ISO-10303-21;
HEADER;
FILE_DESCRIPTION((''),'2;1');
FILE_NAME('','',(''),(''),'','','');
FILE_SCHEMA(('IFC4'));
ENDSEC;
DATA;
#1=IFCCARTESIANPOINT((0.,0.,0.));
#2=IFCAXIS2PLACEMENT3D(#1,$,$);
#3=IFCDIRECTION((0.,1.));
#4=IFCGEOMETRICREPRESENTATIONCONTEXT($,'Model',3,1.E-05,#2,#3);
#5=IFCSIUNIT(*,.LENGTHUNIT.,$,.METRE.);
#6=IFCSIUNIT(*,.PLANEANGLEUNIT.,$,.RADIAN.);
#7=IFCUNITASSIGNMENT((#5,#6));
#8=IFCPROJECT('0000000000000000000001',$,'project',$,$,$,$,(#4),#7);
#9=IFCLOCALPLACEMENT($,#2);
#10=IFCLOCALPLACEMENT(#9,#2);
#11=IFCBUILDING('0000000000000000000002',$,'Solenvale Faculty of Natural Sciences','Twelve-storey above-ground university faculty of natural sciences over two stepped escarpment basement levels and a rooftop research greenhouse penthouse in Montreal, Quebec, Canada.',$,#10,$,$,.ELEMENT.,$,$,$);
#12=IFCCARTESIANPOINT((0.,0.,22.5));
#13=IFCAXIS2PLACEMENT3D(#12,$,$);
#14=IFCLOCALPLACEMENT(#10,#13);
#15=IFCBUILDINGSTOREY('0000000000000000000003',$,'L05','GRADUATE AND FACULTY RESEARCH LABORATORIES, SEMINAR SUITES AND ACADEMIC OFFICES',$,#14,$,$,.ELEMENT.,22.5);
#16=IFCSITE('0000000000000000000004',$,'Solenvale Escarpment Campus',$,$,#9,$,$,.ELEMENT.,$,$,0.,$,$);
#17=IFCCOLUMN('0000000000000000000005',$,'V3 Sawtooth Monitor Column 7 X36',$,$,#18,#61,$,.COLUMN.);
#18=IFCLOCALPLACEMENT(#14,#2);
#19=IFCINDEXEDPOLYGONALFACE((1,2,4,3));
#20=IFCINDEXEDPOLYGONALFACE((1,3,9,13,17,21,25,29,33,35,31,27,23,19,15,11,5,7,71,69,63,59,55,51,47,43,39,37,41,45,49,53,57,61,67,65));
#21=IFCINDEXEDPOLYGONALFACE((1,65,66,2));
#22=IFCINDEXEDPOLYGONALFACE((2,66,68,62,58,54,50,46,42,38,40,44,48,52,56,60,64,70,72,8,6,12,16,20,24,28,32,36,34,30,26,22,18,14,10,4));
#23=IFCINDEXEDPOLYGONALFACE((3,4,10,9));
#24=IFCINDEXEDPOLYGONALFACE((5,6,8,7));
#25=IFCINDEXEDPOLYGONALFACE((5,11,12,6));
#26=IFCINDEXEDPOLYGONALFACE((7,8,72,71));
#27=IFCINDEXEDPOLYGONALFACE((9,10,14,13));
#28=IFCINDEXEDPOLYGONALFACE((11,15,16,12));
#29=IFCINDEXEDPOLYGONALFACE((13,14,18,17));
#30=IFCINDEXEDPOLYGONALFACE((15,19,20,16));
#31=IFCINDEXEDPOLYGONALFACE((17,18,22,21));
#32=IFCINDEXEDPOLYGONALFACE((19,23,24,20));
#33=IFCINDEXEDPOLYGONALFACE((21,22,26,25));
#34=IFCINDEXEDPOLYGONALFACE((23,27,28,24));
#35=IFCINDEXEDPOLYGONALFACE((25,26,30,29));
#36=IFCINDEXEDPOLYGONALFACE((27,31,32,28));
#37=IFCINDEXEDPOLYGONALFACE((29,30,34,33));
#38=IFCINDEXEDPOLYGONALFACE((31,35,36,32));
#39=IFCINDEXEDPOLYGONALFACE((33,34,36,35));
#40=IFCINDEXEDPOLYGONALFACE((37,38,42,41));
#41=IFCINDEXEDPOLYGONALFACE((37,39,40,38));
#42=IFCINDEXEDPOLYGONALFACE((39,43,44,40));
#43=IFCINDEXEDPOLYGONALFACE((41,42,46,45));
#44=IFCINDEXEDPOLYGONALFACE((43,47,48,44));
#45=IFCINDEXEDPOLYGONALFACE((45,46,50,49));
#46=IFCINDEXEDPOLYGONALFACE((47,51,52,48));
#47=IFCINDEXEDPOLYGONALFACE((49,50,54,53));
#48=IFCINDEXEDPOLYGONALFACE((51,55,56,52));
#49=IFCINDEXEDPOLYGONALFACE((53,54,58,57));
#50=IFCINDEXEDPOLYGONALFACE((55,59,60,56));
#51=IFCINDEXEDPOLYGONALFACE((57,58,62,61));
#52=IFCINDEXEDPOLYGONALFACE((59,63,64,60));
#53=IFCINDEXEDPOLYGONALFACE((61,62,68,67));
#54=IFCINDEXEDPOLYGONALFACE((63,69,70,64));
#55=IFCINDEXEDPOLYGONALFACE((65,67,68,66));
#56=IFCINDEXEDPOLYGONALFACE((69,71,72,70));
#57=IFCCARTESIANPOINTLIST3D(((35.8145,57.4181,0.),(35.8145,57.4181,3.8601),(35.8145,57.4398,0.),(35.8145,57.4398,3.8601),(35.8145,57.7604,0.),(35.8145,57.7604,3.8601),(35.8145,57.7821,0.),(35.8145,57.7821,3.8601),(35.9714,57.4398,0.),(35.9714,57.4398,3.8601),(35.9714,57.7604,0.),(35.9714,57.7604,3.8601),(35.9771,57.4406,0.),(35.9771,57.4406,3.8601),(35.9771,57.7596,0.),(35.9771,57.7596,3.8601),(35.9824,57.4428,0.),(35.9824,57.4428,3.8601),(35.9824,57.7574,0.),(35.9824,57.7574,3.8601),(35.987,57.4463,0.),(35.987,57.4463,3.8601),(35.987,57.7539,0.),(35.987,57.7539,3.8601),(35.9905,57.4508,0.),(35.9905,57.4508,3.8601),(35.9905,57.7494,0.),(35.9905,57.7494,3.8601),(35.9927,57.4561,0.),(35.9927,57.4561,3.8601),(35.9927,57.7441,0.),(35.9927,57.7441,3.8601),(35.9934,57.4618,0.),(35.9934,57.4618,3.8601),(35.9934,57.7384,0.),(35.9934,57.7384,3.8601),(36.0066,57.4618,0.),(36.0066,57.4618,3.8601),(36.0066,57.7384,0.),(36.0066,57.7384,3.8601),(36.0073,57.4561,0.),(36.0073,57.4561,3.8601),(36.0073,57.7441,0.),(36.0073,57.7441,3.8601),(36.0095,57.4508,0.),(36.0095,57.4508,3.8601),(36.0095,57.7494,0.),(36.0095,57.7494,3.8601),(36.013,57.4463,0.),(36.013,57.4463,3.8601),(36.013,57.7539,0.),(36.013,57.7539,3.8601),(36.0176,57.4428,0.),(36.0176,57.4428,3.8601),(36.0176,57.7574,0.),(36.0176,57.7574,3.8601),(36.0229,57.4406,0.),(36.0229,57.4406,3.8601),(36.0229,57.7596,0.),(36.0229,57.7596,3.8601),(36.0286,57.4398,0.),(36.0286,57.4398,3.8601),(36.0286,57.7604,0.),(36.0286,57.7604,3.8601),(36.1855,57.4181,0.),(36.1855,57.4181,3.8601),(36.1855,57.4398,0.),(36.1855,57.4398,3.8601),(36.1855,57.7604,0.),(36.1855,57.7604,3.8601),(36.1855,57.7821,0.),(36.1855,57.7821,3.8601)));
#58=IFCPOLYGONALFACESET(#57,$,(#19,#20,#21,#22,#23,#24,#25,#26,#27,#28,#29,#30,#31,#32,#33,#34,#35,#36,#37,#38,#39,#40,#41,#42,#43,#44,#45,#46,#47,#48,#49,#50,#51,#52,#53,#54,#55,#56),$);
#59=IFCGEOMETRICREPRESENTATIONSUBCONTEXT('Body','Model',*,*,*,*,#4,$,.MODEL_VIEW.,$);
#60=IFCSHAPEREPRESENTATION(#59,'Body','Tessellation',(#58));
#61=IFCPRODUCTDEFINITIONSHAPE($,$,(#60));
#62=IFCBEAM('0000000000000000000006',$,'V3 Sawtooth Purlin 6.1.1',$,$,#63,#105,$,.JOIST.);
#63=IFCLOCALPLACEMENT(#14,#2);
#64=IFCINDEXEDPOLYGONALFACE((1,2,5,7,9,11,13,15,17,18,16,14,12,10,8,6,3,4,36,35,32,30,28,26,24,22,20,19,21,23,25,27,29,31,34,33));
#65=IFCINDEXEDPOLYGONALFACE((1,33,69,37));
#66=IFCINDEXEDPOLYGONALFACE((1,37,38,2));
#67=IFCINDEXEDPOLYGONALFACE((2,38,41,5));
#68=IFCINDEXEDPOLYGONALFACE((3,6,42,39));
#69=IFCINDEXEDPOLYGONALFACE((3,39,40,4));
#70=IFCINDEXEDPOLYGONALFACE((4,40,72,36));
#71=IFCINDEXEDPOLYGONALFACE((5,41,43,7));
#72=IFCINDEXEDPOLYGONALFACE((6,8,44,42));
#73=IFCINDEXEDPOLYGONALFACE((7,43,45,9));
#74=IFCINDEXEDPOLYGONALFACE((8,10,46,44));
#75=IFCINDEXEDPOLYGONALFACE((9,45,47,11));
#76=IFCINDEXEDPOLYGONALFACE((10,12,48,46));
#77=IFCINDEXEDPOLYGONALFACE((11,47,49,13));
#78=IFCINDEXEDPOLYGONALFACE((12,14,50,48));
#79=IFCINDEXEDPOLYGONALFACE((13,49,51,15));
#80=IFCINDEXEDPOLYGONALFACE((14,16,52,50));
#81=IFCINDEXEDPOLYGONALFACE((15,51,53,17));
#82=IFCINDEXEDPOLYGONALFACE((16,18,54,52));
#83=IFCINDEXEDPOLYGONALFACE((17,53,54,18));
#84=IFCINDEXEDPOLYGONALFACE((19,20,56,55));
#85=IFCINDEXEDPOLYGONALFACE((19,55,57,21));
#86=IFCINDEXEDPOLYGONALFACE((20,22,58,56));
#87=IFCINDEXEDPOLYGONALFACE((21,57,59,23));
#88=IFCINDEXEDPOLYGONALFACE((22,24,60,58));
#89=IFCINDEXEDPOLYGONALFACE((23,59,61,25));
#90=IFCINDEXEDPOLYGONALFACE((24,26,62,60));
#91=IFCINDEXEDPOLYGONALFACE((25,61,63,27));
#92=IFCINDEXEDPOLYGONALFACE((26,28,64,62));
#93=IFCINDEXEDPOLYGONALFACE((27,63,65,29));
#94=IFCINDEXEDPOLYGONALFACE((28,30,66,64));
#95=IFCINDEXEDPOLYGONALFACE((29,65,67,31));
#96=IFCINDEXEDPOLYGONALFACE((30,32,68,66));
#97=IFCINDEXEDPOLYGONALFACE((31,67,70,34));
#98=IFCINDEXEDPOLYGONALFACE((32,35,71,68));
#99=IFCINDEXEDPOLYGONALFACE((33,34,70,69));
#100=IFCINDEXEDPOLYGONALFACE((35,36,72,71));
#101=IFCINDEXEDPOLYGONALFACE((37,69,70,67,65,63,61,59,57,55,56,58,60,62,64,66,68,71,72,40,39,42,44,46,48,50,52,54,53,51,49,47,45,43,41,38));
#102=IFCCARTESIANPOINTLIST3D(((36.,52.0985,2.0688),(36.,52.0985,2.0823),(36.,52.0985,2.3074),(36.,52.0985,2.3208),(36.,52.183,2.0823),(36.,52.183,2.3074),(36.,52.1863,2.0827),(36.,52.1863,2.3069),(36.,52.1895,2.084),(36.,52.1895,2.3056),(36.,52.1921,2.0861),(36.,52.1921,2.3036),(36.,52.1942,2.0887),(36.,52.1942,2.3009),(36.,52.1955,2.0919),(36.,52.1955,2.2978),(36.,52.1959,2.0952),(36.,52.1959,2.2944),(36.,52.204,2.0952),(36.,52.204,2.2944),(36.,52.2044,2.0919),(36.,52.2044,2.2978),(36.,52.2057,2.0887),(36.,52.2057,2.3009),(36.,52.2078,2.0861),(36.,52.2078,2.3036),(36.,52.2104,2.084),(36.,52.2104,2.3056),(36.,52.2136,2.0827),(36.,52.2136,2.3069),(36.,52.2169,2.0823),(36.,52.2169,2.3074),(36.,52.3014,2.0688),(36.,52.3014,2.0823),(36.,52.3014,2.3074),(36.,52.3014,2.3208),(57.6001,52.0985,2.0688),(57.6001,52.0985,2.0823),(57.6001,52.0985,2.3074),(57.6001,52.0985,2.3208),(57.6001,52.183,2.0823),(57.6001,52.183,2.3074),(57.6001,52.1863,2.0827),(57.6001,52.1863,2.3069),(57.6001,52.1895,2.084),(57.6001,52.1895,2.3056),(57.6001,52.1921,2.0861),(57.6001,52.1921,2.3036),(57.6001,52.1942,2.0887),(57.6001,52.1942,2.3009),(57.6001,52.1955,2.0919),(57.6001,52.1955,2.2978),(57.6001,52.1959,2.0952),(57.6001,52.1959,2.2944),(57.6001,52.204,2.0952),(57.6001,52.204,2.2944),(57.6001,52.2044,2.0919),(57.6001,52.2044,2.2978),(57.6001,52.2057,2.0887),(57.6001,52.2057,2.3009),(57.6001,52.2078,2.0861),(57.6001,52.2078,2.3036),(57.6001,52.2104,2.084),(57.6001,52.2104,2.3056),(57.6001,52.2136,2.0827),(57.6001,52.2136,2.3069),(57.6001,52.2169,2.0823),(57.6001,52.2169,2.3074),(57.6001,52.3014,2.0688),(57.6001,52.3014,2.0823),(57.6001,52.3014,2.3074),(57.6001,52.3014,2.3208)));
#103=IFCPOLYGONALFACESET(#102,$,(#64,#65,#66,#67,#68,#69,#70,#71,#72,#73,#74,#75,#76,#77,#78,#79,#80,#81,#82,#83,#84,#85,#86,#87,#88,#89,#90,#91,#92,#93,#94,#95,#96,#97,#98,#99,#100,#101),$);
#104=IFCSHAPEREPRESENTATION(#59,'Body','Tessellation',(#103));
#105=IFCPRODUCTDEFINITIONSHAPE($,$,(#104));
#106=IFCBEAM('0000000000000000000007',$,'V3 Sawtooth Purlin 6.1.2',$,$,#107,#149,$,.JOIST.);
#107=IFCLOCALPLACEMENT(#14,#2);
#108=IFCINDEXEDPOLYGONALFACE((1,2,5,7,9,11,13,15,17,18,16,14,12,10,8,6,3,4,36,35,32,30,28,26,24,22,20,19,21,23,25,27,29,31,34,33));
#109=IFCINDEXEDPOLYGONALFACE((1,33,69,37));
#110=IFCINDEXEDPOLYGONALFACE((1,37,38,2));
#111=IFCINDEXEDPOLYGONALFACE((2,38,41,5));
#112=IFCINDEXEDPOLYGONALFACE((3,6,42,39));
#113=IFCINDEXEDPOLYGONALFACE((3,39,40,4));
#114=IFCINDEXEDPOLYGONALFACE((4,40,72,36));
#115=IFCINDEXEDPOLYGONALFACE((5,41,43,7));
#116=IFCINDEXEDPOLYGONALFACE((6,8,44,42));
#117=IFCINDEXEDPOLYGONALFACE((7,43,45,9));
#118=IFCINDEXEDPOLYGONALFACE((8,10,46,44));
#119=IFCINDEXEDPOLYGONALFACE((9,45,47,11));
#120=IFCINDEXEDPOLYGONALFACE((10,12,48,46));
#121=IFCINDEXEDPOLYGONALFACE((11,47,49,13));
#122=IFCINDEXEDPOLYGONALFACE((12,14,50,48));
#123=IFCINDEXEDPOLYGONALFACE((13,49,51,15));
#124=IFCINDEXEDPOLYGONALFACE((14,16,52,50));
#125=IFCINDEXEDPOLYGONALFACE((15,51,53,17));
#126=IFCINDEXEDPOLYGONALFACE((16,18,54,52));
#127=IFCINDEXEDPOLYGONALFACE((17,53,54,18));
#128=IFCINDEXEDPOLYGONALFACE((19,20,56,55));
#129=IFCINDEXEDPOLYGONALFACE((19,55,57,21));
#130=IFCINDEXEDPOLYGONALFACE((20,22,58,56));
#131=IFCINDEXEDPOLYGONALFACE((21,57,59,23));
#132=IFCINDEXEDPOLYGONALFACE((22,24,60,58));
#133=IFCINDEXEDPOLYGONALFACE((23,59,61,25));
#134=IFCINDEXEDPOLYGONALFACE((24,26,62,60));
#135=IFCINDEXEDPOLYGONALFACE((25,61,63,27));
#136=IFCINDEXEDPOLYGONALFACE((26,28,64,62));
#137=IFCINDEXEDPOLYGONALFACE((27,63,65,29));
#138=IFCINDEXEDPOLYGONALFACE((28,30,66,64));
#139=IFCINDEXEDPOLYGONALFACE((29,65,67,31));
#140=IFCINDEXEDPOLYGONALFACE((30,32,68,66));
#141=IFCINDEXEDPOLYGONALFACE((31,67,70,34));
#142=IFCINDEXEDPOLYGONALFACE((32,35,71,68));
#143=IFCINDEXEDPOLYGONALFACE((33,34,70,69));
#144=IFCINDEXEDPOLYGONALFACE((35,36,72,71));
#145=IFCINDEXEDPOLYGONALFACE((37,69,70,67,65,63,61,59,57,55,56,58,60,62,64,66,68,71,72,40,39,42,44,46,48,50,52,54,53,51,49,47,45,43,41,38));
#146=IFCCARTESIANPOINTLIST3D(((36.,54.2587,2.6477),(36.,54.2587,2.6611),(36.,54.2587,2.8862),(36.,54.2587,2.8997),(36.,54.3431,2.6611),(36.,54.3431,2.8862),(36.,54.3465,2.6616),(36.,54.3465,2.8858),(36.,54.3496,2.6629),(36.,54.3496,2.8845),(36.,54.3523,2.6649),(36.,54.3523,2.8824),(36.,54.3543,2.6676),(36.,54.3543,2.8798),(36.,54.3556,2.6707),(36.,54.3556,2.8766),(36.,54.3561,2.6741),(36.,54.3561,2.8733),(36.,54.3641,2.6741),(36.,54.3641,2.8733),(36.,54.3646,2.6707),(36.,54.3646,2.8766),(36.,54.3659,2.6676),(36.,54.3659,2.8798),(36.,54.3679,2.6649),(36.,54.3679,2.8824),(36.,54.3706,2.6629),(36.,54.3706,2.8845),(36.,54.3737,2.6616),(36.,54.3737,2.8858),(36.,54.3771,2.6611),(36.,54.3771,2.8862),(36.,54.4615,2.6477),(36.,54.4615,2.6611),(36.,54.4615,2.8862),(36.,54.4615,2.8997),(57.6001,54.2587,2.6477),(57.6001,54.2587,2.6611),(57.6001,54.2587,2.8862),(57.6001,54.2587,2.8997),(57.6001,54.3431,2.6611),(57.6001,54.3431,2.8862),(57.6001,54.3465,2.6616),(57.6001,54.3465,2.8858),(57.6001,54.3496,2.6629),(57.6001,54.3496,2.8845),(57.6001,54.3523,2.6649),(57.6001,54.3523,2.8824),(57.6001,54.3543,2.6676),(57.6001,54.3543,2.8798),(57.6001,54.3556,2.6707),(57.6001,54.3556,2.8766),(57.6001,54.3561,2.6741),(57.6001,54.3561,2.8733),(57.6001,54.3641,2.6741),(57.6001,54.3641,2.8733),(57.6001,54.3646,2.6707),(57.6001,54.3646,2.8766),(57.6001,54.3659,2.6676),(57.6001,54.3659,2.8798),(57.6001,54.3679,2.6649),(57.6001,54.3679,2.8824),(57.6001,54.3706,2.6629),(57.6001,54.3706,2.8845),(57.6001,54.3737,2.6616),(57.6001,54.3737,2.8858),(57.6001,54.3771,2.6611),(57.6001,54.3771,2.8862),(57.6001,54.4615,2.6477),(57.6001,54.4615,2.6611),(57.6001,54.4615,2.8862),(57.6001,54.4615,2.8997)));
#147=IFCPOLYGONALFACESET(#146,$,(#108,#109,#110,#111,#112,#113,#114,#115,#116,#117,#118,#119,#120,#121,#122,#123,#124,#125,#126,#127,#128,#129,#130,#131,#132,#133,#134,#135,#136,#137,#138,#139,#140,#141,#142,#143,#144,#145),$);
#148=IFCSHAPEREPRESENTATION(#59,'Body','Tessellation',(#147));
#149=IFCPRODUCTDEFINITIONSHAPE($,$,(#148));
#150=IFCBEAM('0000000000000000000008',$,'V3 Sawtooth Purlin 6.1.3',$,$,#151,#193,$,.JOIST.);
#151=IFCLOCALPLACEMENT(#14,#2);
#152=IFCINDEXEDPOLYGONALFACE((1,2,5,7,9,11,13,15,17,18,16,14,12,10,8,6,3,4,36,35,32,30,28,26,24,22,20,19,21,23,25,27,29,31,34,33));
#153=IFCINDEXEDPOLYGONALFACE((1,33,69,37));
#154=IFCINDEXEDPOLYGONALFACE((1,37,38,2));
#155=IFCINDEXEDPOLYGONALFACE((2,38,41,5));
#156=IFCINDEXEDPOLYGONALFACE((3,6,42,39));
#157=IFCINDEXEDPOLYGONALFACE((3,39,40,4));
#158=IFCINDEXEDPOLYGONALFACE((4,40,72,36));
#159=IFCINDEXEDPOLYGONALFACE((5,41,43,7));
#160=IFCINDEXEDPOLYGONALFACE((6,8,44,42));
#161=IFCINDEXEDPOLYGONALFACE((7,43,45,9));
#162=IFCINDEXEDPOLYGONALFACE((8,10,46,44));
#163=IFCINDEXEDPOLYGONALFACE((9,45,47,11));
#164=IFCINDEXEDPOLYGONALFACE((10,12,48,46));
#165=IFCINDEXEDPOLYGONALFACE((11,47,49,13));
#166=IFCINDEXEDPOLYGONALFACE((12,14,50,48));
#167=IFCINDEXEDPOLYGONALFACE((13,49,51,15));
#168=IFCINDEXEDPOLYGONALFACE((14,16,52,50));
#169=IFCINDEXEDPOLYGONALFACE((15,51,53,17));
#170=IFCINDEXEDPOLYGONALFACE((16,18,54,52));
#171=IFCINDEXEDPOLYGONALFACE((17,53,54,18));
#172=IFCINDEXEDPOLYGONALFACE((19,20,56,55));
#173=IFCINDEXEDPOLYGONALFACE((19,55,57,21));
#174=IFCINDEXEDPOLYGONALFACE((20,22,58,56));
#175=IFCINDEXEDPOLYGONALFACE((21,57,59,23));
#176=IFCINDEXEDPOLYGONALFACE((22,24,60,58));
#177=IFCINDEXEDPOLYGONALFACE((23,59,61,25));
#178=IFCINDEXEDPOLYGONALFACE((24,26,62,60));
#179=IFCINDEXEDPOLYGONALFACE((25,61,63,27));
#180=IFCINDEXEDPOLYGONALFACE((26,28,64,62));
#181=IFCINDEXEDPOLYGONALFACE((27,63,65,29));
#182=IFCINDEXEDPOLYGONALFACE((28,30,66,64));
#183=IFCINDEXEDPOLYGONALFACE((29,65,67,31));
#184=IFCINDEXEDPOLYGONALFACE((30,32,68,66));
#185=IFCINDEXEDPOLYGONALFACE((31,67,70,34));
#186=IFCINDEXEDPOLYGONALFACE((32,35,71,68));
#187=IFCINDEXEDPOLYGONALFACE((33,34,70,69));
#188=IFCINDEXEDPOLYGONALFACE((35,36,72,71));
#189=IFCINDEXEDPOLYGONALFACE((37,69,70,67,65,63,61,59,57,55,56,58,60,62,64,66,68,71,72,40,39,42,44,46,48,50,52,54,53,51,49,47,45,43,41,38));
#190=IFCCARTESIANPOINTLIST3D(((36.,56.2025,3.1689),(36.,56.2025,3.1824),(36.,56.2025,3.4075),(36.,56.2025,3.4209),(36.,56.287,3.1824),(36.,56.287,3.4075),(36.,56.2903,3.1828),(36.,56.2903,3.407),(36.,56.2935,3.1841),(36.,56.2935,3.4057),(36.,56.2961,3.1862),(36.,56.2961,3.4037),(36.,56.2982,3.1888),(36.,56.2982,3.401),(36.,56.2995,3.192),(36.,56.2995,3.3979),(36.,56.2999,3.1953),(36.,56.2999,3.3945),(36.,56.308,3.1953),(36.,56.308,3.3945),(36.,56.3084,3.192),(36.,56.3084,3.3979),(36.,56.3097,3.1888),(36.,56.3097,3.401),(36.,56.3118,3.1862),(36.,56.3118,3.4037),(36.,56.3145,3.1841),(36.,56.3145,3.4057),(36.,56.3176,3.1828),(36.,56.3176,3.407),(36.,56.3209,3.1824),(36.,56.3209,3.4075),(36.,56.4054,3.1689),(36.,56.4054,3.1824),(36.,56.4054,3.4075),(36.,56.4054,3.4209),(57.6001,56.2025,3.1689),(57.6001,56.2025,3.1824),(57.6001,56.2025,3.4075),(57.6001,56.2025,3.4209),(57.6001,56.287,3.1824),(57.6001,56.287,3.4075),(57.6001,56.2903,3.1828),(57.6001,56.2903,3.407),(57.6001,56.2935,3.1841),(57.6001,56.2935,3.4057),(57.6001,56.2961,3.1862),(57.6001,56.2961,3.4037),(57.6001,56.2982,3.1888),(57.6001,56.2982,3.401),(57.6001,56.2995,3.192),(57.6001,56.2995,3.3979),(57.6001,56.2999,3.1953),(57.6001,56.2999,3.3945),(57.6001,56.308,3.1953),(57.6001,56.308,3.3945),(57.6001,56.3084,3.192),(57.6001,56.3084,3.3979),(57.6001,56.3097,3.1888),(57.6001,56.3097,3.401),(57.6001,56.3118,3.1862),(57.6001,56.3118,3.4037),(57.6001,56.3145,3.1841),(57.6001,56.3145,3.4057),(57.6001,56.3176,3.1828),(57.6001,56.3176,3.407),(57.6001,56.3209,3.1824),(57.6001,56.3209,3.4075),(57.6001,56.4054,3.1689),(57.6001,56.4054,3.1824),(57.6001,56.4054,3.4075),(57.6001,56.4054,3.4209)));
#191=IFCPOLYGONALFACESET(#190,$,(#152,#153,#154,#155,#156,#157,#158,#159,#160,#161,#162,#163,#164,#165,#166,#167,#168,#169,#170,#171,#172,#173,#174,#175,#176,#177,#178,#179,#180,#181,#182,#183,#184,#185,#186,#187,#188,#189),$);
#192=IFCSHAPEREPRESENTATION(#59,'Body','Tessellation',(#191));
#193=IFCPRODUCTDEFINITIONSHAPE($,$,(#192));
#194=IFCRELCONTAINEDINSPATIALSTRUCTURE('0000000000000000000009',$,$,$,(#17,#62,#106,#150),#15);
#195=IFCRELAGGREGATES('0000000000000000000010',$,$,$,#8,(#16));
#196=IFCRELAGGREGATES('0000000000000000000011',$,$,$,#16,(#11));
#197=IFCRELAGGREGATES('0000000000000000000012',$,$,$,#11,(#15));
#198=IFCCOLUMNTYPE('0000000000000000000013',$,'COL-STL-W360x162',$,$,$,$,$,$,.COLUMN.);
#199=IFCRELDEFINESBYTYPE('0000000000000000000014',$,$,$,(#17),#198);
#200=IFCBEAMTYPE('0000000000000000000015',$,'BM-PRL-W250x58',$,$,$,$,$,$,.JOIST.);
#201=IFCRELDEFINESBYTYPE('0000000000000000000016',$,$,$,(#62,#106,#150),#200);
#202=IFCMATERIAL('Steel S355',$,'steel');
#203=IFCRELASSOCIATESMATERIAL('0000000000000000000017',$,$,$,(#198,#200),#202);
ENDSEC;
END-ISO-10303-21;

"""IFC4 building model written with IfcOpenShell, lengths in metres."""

from ifc_helpers import new_model, si_unit, direction, frame, origin, origin_2d, place, context, subcontext, project, spatial, i_section, extrude, material, material_profile, profile_set, type_object, element, save


model = new_model("IFC4")

# Units and contexts
model_context = context("Model", 3, precision=1e-05, world=origin(), true_north=direction((0.0, 1.0)))
body_context = subcontext(model_context, "Body", "Model", "MODEL_VIEW")
ifc_project = project(units=[si_unit("LENGTHUNIT", "METRE"), si_unit("PLANEANGLEUNIT", "RADIAN")], contexts=[model_context])

# Site, building, storey
site_placement = place(None, origin())
site = spatial("IfcSite", under=ifc_project, at=site_placement, Name="Solenvale Escarpment Campus", CompositionType="ELEMENT", RefElevation=0.0)
building_placement = place(site_placement, origin())
building = spatial("IfcBuilding", under=site, at=building_placement, Name="Solenvale Faculty of Natural Sciences", Description="Twelve-storey above-ground university faculty of natural sciences over two stepped escarpment basement levels and a rooftop research greenhouse penthouse in Montreal, Quebec, Canada.", CompositionType="ELEMENT")
storey_placement = place(building_placement, frame((0.0, 0.0, 22.5)))
storey = spatial("IfcBuildingStorey", under=building, at=storey_placement, Name="L05", Description="GRADUATE AND FACULTY RESEARCH LABORATORIES, SEMINAR SUITES AND ACADEMIC OFFICES", CompositionType="ELEMENT", Elevation=22.5)

# Column
ifc_material_1 = material(Name="Steel S355", Category="steel")
ifc_material_profile_1 = material_profile(ifc_material_1, i_section(OverallWidth=0.3711, OverallDepth=0.364, WebThickness=0.0132, FlangeThickness=0.0217, FilletRadius=0.022, at=origin_2d()), Name="W360x162")
ifc_profile_set_1 = profile_set([ifc_material_profile_1], Name="Steel S355")
column_type = type_object("IfcColumnType", Name="COL-STL-W360x162", PredefinedType="COLUMN", material=ifc_profile_set_1)
column_placement = place(storey_placement, frame((36.0, 57.6001, 0.0), z_axis=(0.0, 0.0, 1.0), x_axis=(1.0, 0.0, 0.0)))
element("IfcColumn", 1, at=column_placement, inside=storey, type_object=column_type, Name="V3 Sawtooth Monitor Column 7 X36", PredefinedType="COLUMN", context=body_context, shape_type="SweptSolid", body=[
    extrude(i_section(OverallWidth=0.3711, OverallDepth=0.364, WebThickness=0.0132, FlangeThickness=0.0217, FilletRadius=0.022, at=origin_2d()), origin(), (0.0, 0.0, 1.0), 3.8601),
])

# Beams
ifc_material_profile_2 = material_profile(ifc_material_1, i_section(OverallWidth=0.2029, OverallDepth=0.252, WebThickness=0.0081, FlangeThickness=0.0134, FilletRadius=0.0129, at=origin_2d()), Name="W250x58")
ifc_profile_set_2 = profile_set([ifc_material_profile_2], Name="Steel S355")
beam_type_1 = type_object("IfcBeamType", Name="BM-PRL-W250x58", PredefinedType="JOIST", material=ifc_profile_set_2)
for number, where, z_axis, x_axis, name in (
    (2, (36.0, 52.2, 2.1948), (1.0, 0.0, 0.0), (0.0, 1.0, 0.0), "V3 Sawtooth Purlin 6.1.1"),
    (3, (36.0, 54.3601, 2.7737), (1.0, 0.0, 0.0), (0.0, 1.0, 0.0), "V3 Sawtooth Purlin 6.1.2"),
    (4, (36.0, 56.304, 3.2949), (1.0, 0.0, 0.0), (0.0, 1.0, 0.0), "V3 Sawtooth Purlin 6.1.3"),
):
    element("IfcBeam", number, at=place(storey_placement, frame(where, z_axis=z_axis, x_axis=x_axis)), inside=storey, type_object=beam_type_1, Name=name, PredefinedType="JOIST", context=body_context, shape_type="SweptSolid", body=[
        extrude(i_section(OverallWidth=0.2029, OverallDepth=0.252, WebThickness=0.0081, FlangeThickness=0.0134, FilletRadius=0.0129, at=origin_2d()), origin(), (0.0, 0.0, 1.0), 21.6001),
    ])

save(model, "model.ifc")
